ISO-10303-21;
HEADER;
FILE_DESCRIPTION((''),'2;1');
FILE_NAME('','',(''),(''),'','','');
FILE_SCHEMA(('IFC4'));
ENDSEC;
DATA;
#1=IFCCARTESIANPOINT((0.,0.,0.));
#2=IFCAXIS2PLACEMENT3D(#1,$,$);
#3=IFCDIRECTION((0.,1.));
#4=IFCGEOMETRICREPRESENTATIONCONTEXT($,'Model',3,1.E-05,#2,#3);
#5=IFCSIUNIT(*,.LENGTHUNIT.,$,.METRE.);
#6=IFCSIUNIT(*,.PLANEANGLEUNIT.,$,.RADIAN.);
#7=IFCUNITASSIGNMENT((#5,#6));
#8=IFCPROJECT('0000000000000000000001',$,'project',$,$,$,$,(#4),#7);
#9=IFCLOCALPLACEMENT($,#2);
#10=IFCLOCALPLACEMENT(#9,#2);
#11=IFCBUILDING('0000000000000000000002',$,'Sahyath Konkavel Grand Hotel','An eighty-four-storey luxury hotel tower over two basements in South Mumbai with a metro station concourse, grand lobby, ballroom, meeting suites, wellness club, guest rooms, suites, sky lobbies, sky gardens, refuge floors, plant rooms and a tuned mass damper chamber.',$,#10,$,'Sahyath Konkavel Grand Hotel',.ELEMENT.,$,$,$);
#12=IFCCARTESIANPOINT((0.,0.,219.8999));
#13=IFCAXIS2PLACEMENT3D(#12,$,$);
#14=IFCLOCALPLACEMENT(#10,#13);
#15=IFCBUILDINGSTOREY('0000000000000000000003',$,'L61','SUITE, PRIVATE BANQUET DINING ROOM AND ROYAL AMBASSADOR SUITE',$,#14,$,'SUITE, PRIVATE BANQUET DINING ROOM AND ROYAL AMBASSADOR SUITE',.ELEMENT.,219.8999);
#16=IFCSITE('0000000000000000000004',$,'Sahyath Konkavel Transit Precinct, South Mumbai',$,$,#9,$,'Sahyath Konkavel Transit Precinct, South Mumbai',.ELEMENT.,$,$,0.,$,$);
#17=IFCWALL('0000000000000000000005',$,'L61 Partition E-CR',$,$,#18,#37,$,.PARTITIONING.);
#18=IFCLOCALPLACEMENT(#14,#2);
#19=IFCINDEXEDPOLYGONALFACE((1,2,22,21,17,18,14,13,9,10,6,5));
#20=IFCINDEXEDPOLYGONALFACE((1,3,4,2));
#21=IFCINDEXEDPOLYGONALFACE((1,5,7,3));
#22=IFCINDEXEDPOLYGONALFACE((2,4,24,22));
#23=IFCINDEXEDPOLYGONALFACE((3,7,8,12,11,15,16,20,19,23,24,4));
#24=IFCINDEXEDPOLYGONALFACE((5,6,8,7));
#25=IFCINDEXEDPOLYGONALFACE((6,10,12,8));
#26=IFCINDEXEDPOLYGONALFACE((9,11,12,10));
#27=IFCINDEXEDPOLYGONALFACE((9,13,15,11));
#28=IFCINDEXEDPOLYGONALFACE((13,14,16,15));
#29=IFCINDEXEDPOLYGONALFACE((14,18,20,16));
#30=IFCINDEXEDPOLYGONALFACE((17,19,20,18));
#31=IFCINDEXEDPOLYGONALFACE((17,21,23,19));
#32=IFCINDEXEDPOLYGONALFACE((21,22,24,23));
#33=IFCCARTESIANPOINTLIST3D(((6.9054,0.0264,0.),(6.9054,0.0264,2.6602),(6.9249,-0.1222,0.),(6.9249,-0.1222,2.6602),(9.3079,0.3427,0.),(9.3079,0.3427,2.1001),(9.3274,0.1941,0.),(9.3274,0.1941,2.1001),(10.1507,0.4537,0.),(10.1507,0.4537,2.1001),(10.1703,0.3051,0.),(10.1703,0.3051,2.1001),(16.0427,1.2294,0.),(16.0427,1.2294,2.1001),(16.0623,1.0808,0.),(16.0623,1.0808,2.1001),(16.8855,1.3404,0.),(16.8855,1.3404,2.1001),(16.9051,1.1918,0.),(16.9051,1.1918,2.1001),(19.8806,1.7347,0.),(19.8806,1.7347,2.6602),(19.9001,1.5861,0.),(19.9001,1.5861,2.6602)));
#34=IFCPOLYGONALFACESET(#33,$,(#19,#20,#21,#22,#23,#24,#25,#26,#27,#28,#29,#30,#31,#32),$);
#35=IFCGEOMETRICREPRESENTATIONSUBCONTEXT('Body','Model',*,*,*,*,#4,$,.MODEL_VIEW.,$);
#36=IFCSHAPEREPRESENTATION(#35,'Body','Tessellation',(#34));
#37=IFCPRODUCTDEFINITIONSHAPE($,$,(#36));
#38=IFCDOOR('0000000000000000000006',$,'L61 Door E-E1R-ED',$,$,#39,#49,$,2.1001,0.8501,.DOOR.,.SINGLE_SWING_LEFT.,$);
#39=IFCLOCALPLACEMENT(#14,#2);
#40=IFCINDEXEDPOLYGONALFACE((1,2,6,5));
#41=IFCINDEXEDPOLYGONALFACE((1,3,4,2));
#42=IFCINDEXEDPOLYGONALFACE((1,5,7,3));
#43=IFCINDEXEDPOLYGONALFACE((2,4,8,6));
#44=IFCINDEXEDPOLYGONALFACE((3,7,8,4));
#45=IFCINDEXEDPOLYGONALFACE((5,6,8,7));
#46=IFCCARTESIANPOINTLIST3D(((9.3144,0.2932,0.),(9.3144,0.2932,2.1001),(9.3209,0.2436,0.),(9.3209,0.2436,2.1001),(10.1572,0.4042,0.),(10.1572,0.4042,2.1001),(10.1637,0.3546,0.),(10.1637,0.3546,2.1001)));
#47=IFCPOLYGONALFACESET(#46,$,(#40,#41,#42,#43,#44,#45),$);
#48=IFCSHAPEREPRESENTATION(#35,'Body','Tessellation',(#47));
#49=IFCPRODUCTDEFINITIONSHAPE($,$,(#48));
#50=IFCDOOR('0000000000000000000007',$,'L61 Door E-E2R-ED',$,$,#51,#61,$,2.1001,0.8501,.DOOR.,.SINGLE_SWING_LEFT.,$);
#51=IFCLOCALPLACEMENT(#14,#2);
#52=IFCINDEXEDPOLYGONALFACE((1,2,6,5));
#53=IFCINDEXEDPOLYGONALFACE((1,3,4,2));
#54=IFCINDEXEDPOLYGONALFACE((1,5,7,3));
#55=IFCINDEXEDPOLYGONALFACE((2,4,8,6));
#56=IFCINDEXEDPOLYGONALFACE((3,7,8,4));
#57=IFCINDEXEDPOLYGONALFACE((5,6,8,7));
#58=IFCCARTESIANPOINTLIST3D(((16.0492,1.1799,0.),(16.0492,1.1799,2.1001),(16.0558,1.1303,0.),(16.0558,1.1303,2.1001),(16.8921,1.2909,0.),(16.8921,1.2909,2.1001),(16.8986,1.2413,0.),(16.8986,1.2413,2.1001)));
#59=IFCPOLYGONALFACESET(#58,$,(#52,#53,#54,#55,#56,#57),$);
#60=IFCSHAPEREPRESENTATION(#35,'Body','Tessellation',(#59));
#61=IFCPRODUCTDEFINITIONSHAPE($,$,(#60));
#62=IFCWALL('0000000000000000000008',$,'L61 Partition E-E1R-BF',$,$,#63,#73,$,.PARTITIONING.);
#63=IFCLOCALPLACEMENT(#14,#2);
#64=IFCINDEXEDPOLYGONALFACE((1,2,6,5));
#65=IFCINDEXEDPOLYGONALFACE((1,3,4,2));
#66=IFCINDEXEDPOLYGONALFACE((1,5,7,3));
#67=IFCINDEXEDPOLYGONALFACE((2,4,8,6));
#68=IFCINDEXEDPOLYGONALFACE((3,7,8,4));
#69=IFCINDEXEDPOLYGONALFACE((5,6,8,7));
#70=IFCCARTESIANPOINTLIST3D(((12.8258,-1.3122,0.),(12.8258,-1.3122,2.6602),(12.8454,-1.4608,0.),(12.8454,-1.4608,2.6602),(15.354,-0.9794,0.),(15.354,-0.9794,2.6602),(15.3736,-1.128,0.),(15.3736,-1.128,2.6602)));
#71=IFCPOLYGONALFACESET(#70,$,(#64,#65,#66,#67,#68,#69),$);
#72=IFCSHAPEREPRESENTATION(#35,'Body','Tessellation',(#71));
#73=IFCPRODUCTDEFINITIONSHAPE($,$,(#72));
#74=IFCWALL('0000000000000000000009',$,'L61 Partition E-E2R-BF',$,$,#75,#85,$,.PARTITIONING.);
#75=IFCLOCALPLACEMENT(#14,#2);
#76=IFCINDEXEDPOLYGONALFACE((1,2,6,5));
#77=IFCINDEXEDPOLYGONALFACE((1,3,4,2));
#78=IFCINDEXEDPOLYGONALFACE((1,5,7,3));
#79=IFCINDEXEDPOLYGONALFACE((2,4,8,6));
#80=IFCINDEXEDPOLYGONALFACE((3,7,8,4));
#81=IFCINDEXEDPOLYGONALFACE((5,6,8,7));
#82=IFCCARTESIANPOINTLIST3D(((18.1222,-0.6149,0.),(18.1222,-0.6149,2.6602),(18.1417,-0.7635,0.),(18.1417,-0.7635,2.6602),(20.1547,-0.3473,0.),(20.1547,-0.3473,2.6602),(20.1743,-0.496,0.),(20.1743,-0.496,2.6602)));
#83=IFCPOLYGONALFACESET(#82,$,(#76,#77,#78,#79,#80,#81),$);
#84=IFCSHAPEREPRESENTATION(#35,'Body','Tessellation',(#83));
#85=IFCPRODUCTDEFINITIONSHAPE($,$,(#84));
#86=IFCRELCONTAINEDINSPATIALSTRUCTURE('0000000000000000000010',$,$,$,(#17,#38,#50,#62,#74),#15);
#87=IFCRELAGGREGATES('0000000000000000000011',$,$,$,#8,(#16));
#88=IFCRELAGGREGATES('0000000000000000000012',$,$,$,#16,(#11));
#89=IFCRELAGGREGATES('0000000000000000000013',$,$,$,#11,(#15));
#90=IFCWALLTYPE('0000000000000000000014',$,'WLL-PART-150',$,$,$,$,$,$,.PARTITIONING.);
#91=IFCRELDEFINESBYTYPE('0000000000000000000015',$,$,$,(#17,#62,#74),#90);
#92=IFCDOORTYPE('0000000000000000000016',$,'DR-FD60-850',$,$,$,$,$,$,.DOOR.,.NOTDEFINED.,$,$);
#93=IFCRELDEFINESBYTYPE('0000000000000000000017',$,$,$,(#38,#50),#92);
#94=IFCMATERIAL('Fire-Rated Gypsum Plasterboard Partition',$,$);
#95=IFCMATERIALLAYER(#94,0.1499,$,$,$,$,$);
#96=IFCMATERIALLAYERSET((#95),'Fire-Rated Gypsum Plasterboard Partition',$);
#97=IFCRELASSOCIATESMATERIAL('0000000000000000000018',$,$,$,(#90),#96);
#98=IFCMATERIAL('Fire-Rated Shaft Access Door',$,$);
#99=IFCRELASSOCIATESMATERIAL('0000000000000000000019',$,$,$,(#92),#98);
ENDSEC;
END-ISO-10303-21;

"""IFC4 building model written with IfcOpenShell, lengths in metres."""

from ifc_helpers import new_model, si_unit, direction, frame, frame_2d, origin, origin_2d, place, context, subcontext, project, spatial, rectangle, extrude, source, transform, mapped, material, layer, layer_set, type_object, element, fill, save


model = new_model("IFC4")

# Units and contexts
model_context = context("Model", 3, precision=1e-05, world=origin(), true_north=direction((0.0, 1.0)))
body_context = subcontext(model_context, "Body", "Model", "MODEL_VIEW")
ifc_project = project(units=[si_unit("LENGTHUNIT", "METRE"), si_unit("PLANEANGLEUNIT", "RADIAN")], contexts=[model_context])

# Site, building, storey
site_placement = place(None, origin())
site = spatial("IfcSite", under=ifc_project, at=site_placement, Name="Sahyath Konkavel Transit Precinct, South Mumbai", LongName="Sahyath Konkavel Transit Precinct, South Mumbai", CompositionType="ELEMENT", RefElevation=0.0)
building_placement = place(site_placement, origin())
building = spatial("IfcBuilding", under=site, at=building_placement, Name="Sahyath Konkavel Grand Hotel", Description="An eighty-four-storey luxury hotel tower over two basements in South Mumbai with a metro station concourse, grand lobby, ballroom, meeting suites, wellness club, guest rooms, suites, sky lobbies, sky gardens, refuge floors, plant rooms and a tuned mass damper chamber.", LongName="Sahyath Konkavel Grand Hotel", CompositionType="ELEMENT")
storey_placement = place(building_placement, frame((0.0, 0.0, 219.8999)))
storey = spatial("IfcBuildingStorey", under=building, at=storey_placement, Name="L61", Description="SUITE, PRIVATE BANQUET DINING ROOM AND ROYAL AMBASSADOR SUITE", LongName="SUITE, PRIVATE BANQUET DINING ROOM AND ROYAL AMBASSADOR SUITE", CompositionType="ELEMENT", Elevation=219.8999)

# Wall, openings, doors
ifc_material_1 = material(Name="Fire-Rated Gypsum Plasterboard Partition")
ifc_layer_1 = layer(ifc_material_1, 0.1499)
ifc_layer_set_1 = layer_set([ifc_layer_1], Name="Fire-Rated Gypsum Plasterboard Partition")
wall_type_1 = type_object("IfcWallType", Name="WLL-PART-150", PredefinedType="PARTITIONING", material=ifc_layer_set_1)
wall_1_placement = place(storey_placement, frame((6.9153, -0.0479, 0.0), z_axis=(0.0, 0.0, 1.0), x_axis=(0.991444, 0.13053, 0.0)))
wall_1 = element("IfcWall", 1, at=wall_1_placement, inside=storey, type_object=wall_type_1, Name="L61 Partition E-CR", PredefinedType="PARTITIONING", context=body_context, shape_type="SweptSolid", body=[
    extrude(rectangle(XDim=13.0872, YDim=0.1499, at=frame_2d((6.5435, 0.0))), origin(), (0.0, 0.0, 1.0), 2.6602),
])
opening_1_placement = place(wall_1_placement, frame((2.4231, 0.0, 0.0)))
opening_1 = element("IfcOpeningElement", 2, at=opening_1_placement, cuts=wall_1, PredefinedType="OPENING", context=body_context, shape_type="SweptSolid", body=[
    extrude(rectangle(XDim=0.8501, YDim=2.1001, at=frame_2d((0.425, 1.05))), frame((0.0, 0.085, 0.0), z_axis=(0.0, -1.0, 0.0), x_axis=(1.0, 0.0, 0.0)), (0.0, 0.0, 1.0), 0.1699),
])
opening_2_placement = place(wall_1_placement, frame((9.2161, 0.0, 0.0)))
opening_2 = element("IfcOpeningElement", 3, at=opening_2_placement, cuts=wall_1, PredefinedType="OPENING", context=body_context, shape_type="SweptSolid", body=[
    extrude(rectangle(XDim=0.8501, YDim=2.1001, at=frame_2d((0.425, 1.05))), frame((0.0, 0.085, 0.0), z_axis=(0.0, -1.0, 0.0), x_axis=(1.0, 0.0, 0.0)), (0.0, 0.0, 1.0), 0.1699),
])
ifc_material_2 = material(Name="Fire-Rated Shaft Access Door")
door_type = type_object("IfcDoorType", Name="DR-FD60-850", OperationType="NOTDEFINED", PredefinedType="DOOR", material=ifc_material_2)
shared_shape_1 = source(origin(), body_context, "Body", "SweptSolid", [
    extrude(rectangle(XDim=0.8501, YDim=0.05, at=origin_2d()), origin(), (0.0, 0.0, 1.0), 2.1001),
])
door_1_placement = place(opening_1_placement, frame((0.425, 0.0, 0.0)))
door_1 = element("IfcDoor", 4, at=door_1_placement, inside=storey, type_object=door_type, Name="L61 Door E-E1R-ED", OperationType="SINGLE_SWING_LEFT", OverallHeight=2.1001, OverallWidth=0.8501, PredefinedType="DOOR", context=body_context, shape_type="MappedRepresentation", body=[
    mapped(shared_shape_1, transform((0.0, 0.0, 0.0), scale=1.0)),
])
fill(opening_1, door_1)
door_2_placement = place(opening_2_placement, frame((0.425, 0.0, 0.0)))
door_2 = element("IfcDoor", 5, at=door_2_placement, inside=storey, type_object=door_type, Name="L61 Door E-E2R-ED", OperationType="SINGLE_SWING_LEFT", OverallHeight=2.1001, OverallWidth=0.8501, PredefinedType="DOOR", context=body_context, shape_type="MappedRepresentation", body=[
    mapped(shared_shape_1, transform((0.0, 0.0, 0.0), scale=1.0)),
])
fill(opening_2, door_2)

# Walls
wall_2_placement = place(storey_placement, frame((12.8357, -1.3865, 0.0), z_axis=(0.0, 0.0, 1.0), x_axis=(0.99145, 0.130489, 0.0)))
element("IfcWall", 6, at=wall_2_placement, inside=storey, type_object=wall_type_1, Name="L61 Partition E-E1R-BF", PredefinedType="PARTITIONING", context=body_context, shape_type="SweptSolid", body=[
    extrude(rectangle(XDim=2.55, YDim=0.1499, at=frame_2d((1.2749, 0.0))), origin(), (0.0, 0.0, 1.0), 2.6602),
])
wall_3_placement = place(storey_placement, frame((18.1321, -0.6892, 0.0), z_axis=(0.0, 0.0, 1.0), x_axis=(0.991445, 0.130525, 0.0)))
element("IfcWall", 7, at=wall_3_placement, inside=storey, type_object=wall_type_1, Name="L61 Partition E-E2R-BF", PredefinedType="PARTITIONING", context=body_context, shape_type="SweptSolid", body=[
    extrude(rectangle(XDim=2.05, YDim=0.1499, at=frame_2d((1.0249, 0.0))), origin(), (0.0, 0.0, 1.0), 2.6602),
])

save(model, "model.ifc")
